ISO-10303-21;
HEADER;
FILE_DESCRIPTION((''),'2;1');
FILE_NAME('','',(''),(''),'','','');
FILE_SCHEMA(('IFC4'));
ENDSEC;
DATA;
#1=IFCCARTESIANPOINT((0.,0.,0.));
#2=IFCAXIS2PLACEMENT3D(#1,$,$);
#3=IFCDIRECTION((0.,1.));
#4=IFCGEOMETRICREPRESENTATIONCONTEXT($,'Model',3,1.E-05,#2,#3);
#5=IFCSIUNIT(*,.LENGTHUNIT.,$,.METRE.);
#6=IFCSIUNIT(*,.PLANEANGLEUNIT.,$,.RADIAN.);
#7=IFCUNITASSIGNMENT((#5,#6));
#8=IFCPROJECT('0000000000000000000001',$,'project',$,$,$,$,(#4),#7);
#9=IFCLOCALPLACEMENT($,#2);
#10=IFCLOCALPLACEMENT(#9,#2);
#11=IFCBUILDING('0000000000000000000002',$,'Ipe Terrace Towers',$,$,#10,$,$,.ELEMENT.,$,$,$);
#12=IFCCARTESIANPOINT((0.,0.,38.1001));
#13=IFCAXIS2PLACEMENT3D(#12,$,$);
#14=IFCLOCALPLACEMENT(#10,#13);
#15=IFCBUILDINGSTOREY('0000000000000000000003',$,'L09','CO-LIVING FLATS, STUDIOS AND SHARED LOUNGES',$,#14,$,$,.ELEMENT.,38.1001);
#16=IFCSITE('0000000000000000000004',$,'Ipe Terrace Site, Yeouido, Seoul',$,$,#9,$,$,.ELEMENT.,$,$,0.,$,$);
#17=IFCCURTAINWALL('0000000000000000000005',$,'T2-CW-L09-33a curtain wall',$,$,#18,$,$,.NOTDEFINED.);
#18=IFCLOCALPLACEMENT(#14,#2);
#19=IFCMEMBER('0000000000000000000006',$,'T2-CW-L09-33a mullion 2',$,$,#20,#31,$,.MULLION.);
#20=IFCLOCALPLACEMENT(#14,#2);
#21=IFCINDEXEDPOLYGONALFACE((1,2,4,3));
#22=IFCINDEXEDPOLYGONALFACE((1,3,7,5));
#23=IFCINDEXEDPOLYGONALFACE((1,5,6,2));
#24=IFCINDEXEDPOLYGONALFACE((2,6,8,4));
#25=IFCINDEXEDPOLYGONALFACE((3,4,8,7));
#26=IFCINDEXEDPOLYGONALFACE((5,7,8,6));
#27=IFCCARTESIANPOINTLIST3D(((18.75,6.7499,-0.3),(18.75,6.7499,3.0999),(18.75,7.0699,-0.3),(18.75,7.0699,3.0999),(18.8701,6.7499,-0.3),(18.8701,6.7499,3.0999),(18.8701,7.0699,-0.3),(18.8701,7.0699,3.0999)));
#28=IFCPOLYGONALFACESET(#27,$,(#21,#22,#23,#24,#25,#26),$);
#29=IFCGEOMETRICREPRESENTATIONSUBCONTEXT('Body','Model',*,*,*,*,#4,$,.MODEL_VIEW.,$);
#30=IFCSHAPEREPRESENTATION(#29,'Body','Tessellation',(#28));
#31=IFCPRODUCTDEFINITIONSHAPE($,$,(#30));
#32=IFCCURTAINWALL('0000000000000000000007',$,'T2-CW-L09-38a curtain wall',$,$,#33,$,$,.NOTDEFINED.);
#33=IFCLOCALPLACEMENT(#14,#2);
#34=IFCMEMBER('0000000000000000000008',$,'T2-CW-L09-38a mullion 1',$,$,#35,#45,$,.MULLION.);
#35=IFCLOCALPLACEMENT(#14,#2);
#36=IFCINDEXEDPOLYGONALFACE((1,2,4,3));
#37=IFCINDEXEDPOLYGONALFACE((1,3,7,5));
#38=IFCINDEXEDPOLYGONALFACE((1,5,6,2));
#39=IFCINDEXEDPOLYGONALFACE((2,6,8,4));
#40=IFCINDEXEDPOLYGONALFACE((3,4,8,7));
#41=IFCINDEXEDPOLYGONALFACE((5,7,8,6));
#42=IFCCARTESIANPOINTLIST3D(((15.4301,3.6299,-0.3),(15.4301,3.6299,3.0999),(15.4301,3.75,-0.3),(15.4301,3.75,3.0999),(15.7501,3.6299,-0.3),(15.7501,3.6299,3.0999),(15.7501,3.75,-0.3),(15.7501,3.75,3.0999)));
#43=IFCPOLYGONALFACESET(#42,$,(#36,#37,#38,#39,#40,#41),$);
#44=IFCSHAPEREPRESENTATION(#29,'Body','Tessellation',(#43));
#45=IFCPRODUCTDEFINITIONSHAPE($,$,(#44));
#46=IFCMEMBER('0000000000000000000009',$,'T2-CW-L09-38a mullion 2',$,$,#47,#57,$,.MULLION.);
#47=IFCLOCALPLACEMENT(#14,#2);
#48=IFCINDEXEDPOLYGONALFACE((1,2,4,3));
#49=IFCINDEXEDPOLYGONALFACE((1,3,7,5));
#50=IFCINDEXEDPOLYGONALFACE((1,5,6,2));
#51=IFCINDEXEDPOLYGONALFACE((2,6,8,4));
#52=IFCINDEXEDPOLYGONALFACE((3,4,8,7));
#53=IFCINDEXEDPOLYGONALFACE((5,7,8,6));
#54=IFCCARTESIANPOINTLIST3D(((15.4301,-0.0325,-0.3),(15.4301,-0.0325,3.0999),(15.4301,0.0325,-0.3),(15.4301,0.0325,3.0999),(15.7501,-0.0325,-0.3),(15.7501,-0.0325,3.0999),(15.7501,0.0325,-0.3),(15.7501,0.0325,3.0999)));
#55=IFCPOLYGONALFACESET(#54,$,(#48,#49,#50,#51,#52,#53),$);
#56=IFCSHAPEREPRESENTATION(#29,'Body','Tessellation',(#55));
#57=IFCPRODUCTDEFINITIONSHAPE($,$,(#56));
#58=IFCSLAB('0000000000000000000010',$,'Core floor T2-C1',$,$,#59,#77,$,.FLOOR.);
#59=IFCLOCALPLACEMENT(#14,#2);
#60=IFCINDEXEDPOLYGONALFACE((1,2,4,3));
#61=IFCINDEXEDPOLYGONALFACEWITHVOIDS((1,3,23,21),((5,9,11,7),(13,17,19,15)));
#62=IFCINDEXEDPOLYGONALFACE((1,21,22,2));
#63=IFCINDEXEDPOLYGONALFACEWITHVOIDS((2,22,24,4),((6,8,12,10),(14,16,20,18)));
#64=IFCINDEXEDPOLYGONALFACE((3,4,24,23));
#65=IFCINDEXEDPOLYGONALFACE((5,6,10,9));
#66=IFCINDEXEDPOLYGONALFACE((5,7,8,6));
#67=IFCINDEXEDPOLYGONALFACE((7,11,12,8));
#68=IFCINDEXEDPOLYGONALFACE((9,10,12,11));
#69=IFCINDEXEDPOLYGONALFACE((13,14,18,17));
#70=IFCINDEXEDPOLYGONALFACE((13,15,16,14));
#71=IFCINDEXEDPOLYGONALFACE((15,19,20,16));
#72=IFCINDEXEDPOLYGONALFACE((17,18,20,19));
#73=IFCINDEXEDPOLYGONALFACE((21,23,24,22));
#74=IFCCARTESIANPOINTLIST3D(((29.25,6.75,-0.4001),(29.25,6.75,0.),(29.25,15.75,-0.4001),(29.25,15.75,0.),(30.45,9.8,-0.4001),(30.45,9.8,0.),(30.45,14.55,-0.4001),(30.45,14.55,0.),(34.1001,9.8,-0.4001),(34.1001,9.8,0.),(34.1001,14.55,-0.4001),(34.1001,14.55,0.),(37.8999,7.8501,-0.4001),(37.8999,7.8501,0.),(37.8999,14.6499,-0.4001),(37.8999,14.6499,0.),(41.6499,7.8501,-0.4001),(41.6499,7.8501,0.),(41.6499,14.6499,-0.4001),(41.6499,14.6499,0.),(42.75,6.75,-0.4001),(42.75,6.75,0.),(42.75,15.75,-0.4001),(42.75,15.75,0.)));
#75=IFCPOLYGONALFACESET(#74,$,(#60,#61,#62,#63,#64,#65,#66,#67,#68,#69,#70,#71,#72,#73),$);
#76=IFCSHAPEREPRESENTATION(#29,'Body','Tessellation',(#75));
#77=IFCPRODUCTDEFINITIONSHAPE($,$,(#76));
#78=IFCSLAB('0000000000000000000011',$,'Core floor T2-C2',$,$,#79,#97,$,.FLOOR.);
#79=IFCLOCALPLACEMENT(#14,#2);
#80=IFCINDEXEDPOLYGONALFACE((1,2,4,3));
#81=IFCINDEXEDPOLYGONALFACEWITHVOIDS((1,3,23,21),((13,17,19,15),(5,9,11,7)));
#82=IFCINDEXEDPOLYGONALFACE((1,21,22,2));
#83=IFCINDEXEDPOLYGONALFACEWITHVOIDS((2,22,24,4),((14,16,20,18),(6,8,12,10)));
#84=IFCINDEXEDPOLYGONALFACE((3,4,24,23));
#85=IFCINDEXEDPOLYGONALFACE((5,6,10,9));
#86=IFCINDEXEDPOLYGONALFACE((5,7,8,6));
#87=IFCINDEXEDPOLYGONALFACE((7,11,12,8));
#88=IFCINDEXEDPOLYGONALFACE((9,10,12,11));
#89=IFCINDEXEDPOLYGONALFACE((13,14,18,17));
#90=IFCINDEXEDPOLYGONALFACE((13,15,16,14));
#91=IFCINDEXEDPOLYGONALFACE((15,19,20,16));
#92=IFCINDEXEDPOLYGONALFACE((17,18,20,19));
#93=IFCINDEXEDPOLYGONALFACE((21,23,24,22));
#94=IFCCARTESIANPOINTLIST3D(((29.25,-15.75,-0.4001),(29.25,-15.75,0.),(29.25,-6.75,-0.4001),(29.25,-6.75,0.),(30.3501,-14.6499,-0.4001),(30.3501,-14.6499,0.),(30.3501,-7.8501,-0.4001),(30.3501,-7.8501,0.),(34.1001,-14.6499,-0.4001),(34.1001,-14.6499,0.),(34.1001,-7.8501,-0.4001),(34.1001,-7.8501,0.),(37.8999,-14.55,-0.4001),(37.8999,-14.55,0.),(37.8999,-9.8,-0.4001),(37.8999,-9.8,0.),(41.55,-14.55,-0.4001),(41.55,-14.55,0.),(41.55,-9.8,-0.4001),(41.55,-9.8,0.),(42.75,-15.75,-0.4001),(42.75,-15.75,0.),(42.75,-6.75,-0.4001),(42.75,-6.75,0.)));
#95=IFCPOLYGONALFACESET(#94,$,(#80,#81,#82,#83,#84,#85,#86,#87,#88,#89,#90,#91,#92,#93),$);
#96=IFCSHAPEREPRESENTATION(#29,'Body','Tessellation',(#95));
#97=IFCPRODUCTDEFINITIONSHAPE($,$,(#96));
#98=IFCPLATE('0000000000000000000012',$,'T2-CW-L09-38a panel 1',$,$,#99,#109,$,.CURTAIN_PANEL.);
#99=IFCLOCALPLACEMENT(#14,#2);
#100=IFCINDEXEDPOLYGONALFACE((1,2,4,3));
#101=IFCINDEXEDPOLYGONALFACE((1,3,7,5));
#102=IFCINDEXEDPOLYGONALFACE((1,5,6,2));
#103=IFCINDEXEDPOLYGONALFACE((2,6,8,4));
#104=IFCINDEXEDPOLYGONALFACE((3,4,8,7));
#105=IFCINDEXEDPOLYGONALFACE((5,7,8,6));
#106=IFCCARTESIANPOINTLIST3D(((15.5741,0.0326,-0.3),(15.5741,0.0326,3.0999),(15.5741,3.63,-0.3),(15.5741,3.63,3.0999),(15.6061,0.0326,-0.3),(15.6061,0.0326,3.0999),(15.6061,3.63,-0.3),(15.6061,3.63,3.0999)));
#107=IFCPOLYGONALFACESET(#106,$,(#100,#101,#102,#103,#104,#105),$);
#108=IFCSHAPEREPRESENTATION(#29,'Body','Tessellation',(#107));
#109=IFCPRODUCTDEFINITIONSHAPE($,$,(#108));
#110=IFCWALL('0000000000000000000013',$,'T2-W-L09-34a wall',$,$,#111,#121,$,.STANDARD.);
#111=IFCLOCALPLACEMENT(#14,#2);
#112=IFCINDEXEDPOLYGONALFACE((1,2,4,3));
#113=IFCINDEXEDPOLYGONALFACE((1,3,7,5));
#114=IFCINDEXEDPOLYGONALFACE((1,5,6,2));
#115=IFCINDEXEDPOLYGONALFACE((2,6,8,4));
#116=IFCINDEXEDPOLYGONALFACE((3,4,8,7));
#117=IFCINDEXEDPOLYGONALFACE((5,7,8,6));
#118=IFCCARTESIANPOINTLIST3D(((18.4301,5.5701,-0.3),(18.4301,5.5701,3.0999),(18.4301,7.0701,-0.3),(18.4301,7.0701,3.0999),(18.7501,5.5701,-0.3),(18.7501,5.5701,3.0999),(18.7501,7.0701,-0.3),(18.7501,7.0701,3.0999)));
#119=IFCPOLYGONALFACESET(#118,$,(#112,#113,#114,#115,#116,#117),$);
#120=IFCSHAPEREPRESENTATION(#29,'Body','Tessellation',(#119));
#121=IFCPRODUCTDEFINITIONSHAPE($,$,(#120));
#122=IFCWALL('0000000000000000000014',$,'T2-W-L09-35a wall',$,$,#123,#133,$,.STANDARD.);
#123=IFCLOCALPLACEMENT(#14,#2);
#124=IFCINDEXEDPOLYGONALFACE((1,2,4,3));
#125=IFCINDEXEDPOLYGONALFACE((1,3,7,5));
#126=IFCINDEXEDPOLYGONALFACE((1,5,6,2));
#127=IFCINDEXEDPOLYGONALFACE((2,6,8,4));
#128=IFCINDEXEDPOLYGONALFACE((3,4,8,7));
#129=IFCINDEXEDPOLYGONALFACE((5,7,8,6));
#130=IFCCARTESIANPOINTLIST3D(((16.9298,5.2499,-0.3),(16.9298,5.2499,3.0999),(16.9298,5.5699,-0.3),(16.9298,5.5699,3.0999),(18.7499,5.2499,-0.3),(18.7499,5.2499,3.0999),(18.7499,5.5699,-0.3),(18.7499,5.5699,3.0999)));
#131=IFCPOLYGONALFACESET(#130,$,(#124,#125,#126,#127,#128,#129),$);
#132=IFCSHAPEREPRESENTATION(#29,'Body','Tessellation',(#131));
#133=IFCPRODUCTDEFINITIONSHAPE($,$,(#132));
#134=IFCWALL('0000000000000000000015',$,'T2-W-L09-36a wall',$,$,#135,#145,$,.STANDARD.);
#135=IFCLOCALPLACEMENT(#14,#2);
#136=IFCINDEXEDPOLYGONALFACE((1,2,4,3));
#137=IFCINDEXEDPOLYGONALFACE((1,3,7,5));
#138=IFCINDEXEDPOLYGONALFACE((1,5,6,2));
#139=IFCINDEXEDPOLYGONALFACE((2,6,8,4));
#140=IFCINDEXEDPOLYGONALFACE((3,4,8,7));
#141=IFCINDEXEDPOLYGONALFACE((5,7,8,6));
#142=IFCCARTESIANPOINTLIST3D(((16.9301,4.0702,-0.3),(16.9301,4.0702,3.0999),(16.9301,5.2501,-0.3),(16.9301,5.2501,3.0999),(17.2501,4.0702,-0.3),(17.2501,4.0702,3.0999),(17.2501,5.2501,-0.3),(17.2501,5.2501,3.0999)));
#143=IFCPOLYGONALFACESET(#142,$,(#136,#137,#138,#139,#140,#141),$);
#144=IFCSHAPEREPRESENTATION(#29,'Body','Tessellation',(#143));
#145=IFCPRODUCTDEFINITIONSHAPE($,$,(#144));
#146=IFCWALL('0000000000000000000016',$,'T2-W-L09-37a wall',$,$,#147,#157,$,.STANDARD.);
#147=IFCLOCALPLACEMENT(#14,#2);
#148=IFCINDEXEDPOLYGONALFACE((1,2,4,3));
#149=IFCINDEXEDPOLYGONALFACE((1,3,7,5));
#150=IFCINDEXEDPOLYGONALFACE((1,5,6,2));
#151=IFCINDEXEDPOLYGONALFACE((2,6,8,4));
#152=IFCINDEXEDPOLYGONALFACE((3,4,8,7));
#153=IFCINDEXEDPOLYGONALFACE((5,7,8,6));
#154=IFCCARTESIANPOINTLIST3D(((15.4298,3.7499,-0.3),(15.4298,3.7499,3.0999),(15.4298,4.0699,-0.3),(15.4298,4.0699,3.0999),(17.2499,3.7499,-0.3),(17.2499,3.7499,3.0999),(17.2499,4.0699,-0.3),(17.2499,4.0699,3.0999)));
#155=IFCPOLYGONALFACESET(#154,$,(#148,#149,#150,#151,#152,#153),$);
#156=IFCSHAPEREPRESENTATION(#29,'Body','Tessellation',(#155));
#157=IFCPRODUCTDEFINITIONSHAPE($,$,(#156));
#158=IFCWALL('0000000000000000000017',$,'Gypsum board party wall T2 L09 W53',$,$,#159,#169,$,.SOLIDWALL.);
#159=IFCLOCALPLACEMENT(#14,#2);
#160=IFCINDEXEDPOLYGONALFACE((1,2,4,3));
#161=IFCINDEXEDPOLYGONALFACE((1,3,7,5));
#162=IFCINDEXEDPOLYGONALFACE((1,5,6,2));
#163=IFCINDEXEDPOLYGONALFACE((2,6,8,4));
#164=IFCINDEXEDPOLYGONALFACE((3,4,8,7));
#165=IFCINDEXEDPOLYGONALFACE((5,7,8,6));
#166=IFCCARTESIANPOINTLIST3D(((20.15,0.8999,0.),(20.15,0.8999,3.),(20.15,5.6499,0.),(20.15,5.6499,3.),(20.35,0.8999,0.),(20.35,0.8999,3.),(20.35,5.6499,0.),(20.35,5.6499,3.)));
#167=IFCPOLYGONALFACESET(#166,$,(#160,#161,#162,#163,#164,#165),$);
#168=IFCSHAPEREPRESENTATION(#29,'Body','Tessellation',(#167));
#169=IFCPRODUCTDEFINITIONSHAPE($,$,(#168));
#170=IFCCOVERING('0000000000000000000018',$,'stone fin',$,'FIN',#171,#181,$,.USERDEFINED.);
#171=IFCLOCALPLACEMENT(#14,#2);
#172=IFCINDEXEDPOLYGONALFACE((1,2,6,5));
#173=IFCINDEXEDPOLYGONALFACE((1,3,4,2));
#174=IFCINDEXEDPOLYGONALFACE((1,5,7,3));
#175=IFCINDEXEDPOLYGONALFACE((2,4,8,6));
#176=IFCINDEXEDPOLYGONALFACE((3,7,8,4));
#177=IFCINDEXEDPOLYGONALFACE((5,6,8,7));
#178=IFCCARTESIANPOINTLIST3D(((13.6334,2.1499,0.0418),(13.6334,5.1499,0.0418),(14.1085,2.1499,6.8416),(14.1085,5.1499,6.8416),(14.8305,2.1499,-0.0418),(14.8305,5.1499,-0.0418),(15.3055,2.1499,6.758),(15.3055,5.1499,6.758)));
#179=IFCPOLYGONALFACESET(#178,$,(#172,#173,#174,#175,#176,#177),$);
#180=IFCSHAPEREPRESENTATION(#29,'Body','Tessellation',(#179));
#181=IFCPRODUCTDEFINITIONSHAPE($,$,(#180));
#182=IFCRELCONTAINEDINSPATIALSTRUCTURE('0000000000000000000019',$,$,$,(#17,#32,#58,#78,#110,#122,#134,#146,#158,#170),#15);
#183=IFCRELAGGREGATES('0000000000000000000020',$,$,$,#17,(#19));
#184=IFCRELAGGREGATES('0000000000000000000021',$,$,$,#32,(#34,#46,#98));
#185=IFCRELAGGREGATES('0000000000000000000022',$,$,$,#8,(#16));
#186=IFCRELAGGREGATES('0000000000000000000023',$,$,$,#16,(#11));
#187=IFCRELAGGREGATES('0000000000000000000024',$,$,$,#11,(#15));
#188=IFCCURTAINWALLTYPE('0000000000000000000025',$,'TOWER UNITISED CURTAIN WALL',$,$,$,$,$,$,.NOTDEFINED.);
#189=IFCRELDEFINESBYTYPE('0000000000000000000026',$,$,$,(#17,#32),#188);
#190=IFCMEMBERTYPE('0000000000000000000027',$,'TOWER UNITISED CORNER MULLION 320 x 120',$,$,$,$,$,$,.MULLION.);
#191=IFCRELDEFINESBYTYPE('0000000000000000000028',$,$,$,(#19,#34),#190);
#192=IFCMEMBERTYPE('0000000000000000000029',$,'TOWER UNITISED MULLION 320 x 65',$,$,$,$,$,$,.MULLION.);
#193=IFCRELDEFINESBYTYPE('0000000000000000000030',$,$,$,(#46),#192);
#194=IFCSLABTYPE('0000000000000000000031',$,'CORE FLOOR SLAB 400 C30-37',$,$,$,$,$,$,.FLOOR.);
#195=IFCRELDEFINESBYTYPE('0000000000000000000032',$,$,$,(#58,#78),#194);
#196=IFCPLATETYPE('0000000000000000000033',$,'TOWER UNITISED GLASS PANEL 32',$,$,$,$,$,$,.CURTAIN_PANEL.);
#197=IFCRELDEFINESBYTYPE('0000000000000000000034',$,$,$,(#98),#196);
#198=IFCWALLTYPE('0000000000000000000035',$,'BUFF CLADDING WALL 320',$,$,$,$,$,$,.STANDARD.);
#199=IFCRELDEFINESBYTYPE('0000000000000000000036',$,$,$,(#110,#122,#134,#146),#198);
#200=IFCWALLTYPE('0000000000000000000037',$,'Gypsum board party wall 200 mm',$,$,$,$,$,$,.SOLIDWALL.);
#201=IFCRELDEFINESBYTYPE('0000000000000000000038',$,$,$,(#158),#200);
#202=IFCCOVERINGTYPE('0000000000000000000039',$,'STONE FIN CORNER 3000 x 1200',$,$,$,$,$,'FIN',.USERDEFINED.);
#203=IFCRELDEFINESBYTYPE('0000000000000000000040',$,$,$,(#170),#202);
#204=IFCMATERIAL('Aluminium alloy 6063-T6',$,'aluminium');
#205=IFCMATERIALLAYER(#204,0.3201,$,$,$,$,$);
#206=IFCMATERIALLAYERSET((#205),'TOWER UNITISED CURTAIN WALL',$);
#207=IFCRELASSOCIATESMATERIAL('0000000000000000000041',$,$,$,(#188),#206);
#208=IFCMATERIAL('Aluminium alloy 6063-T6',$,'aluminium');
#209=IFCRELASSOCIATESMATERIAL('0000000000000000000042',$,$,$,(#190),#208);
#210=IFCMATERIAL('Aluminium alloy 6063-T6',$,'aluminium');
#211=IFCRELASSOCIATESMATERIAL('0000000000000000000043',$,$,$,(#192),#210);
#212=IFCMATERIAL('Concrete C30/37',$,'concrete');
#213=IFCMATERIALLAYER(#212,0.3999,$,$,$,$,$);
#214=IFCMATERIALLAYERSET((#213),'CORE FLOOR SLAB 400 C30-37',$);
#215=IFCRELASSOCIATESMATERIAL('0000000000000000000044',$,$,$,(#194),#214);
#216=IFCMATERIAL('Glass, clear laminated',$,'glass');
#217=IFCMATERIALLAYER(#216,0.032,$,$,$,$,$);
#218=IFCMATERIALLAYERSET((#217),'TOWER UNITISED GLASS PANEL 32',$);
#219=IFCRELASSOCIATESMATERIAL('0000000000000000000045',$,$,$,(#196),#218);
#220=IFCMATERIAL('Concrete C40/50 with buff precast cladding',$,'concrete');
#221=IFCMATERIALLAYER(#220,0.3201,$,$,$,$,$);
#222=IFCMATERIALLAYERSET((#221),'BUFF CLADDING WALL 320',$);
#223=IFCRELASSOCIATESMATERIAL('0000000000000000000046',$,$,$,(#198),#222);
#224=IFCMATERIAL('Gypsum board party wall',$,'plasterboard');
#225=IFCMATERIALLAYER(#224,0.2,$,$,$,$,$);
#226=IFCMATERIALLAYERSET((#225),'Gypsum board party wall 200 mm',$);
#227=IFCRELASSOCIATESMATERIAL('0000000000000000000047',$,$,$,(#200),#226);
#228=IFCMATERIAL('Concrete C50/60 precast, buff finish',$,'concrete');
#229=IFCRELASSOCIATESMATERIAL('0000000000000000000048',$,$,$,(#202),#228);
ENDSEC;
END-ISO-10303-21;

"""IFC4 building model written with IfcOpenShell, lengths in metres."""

from ifc_helpers import new_model, si_unit, direction, frame, frame_2d, origin, origin_2d, place, context, subcontext, project, spatial, polyline, rectangle, outline, extrude, material, layer, layer_set, material_profile, profile_set, type_object, element, aggregate, save


model = new_model("IFC4")

# Units and contexts
model_context = context("Model", 3, precision=1e-05, world=origin(), true_north=direction((0.0, 1.0)))
body_context = subcontext(model_context, "Body", "Model", "MODEL_VIEW")
ifc_project = project(units=[si_unit("LENGTHUNIT", "METRE"), si_unit("PLANEANGLEUNIT", "RADIAN")], contexts=[model_context])

# Site, building, storey
site_placement = place(None, origin())
site = spatial("IfcSite", under=ifc_project, at=site_placement, Name="Ipe Terrace Site, Yeouido, Seoul", CompositionType="ELEMENT", RefElevation=0.0)
building_placement = place(site_placement, origin())
building = spatial("IfcBuilding", under=site, at=building_placement, Name="Ipe Terrace Towers", CompositionType="ELEMENT")
storey_placement = place(building_placement, frame((0.0, 0.0, 38.1001)))
storey = spatial("IfcBuildingStorey", under=building, at=storey_placement, Name="L09", Description="CO-LIVING FLATS, STUDIOS AND SHARED LOUNGES", CompositionType="ELEMENT", Elevation=38.1001)

# Curtain wall, member
ifc_material_1 = material(Name="Aluminium alloy 6063-T6", Category="aluminium")
ifc_layer_1 = layer(ifc_material_1, 0.3201)
ifc_layer_set_1 = layer_set([ifc_layer_1], Name="TOWER UNITISED CURTAIN WALL")
curtain_wall_type = type_object("IfcCurtainWallType", Name="TOWER UNITISED CURTAIN WALL", PredefinedType="NOTDEFINED", material=ifc_layer_set_1)
curtain_wall_1_placement = place(storey_placement, origin())
curtain_wall_1 = element("IfcCurtainWall", 1, at=curtain_wall_1_placement, inside=storey, type_object=curtain_wall_type, Name="T2-CW-L09-33a curtain wall", PredefinedType="NOTDEFINED")
ifc_material_2 = material(Name="Aluminium alloy 6063-T6", Category="aluminium")
ifc_material_profile_1 = material_profile(ifc_material_2, rectangle(XDim=0.3201, YDim=0.1201, at=origin_2d()), Name="TOWER UNITISED CORNER MULLION 320 x 120")
ifc_profile_set_1 = profile_set([ifc_material_profile_1], Name="Aluminium alloy 6063-T6")
member_type_1 = type_object("IfcMemberType", Name="TOWER UNITISED CORNER MULLION 320 x 120", PredefinedType="MULLION", material=ifc_profile_set_1)
member_1_placement = place(storey_placement, frame((18.8101, 6.9099, -0.3), z_axis=(0.0, 0.0, 1.0), x_axis=(0.0, 1.0, 0.0)))
member_1 = element("IfcMember", 2, at=member_1_placement, type_object=member_type_1, Name="T2-CW-L09-33a mullion 2", PredefinedType="MULLION", context=body_context, shape_type="SweptSolid", body=[
    extrude(rectangle(XDim=0.3201, YDim=0.1201, at=origin_2d()), origin(), (0.0, 0.0, 1.0), 3.3999),
])
aggregate(curtain_wall_1, [member_1])

# Curtain wall, members
curtain_wall_2_placement = place(storey_placement, origin())
curtain_wall_2 = element("IfcCurtainWall", 3, at=curtain_wall_2_placement, inside=storey, type_object=curtain_wall_type, Name="T2-CW-L09-38a curtain wall", PredefinedType="NOTDEFINED")
member_2_placement = place(storey_placement, frame((15.5901, 3.6899, -0.3), z_axis=(0.0, 0.0, 1.0), x_axis=(-1.0, 0.0, 0.0)))
member_2 = element("IfcMember", 4, at=member_2_placement, type_object=member_type_1, Name="T2-CW-L09-38a mullion 1", PredefinedType="MULLION", context=body_context, shape_type="SweptSolid", body=[
    extrude(rectangle(XDim=0.3201, YDim=0.1201, at=origin_2d()), origin(), (0.0, 0.0, 1.0), 3.3999),
])
ifc_material_3 = material(Name="Aluminium alloy 6063-T6", Category="aluminium")
ifc_material_profile_2 = material_profile(ifc_material_3, rectangle(XDim=0.3201, YDim=0.0649, at=origin_2d()), Name="TOWER UNITISED MULLION 320 x 65")
ifc_profile_set_2 = profile_set([ifc_material_profile_2], Name="Aluminium alloy 6063-T6")
member_type_2 = type_object("IfcMemberType", Name="TOWER UNITISED MULLION 320 x 65", PredefinedType="MULLION", material=ifc_profile_set_2)
member_3_placement = place(storey_placement, frame((15.5901, 0.0, -0.3), z_axis=(0.0, 0.0, 1.0), x_axis=(-1.0, 0.0, 0.0)))
member_3 = element("IfcMember", 5, at=member_3_placement, type_object=member_type_2, Name="T2-CW-L09-38a mullion 2", PredefinedType="MULLION", context=body_context, shape_type="SweptSolid", body=[
    extrude(rectangle(XDim=0.3201, YDim=0.0649, at=origin_2d()), origin(), (0.0, 0.0, 1.0), 3.3999),
])

# Slabs
ifc_material_4 = material(Name="Concrete C30/37", Category="concrete")
ifc_layer_2 = layer(ifc_material_4, 0.3999)
ifc_layer_set_2 = layer_set([ifc_layer_2], Name="CORE FLOOR SLAB 400 C30-37")
slab_type = type_object("IfcSlabType", Name="CORE FLOOR SLAB 400 C30-37", PredefinedType="FLOOR", material=ifc_layer_set_2)
slab_1_placement = place(storey_placement, frame((0.0, 0.0, -0.4001)))
element("IfcSlab", 6, at=slab_1_placement, inside=storey, type_object=slab_type, Name="Core floor T2-C1", PredefinedType="FLOOR", context=body_context, shape_type="SweptSolid", body=[
    extrude(outline(polyline([(29.25, 6.75), (29.25, 15.75), (42.75, 15.75), (42.75, 6.75), (29.25, 6.75)]), holes=[polyline([(41.6499, 7.8501), (41.6499, 14.6499), (37.8999, 14.6499), (37.8999, 7.8501), (41.6499, 7.8501)]), polyline([(30.45, 9.8), (34.1001, 9.8), (34.1001, 14.55), (30.45, 14.55), (30.45, 9.8)])]), origin(), (0.0, 0.0, 1.0), 0.4001),
])
slab_2_placement = place(storey_placement, frame((0.0, 0.0, -0.4001)))
element("IfcSlab", 7, at=slab_2_placement, inside=storey, type_object=slab_type, Name="Core floor T2-C2", PredefinedType="FLOOR", context=body_context, shape_type="SweptSolid", body=[
    extrude(outline(polyline([(29.25, -15.75), (29.25, -6.75), (42.75, -6.75), (42.75, -15.75), (29.25, -15.75)]), holes=[polyline([(34.1001, -14.6499), (34.1001, -7.8501), (30.3501, -7.8501), (30.3501, -14.6499), (34.1001, -14.6499)]), polyline([(41.55, -9.8), (37.8999, -9.8), (37.8999, -14.55), (41.55, -14.55), (41.55, -9.8)])]), origin(), (0.0, 0.0, 1.0), 0.4001),
])

# Plate
ifc_material_5 = material(Name="Glass, clear laminated", Category="glass")
ifc_layer_3 = layer(ifc_material_5, 0.032)
ifc_layer_set_3 = layer_set([ifc_layer_3], Name="TOWER UNITISED GLASS PANEL 32")
plate_type = type_object("IfcPlateType", Name="TOWER UNITISED GLASS PANEL 32", PredefinedType="CURTAIN_PANEL", material=ifc_layer_set_3)
plate_placement = place(storey_placement, frame((15.5901, 1.8313, -0.3), z_axis=(0.0, 0.0, 1.0), x_axis=(0.0, -1.0, 0.0)))
plate = element("IfcPlate", 8, at=plate_placement, type_object=plate_type, Name="T2-CW-L09-38a panel 1", PredefinedType="CURTAIN_PANEL", context=body_context, shape_type="SweptSolid", body=[
    extrude(rectangle(XDim=3.5974, YDim=0.032, at=origin_2d()), origin(), (0.0, 0.0, 1.0), 3.3999),
])
aggregate(curtain_wall_2, [member_2, member_3, plate])

# Walls
ifc_material_6 = material(Name="Concrete C40/50 with buff precast cladding", Category="concrete")
ifc_layer_4 = layer(ifc_material_6, 0.3201)
ifc_layer_set_4 = layer_set([ifc_layer_4], Name="BUFF CLADDING WALL 320")
wall_type_1 = type_object("IfcWallType", Name="BUFF CLADDING WALL 320", PredefinedType="STANDARD", material=ifc_layer_set_4)
wall_1_placement = place(storey_placement, frame((18.5901, 7.0701, -0.3), z_axis=(0.0, 0.0, 1.0), x_axis=(0.0, -1.0, 0.0)))
element("IfcWall", 9, at=wall_1_placement, inside=storey, type_object=wall_type_1, Name="T2-W-L09-34a wall", PredefinedType="STANDARD", context=body_context, shape_type="SweptSolid", body=[
    extrude(rectangle(XDim=1.5, YDim=0.3201, at=frame_2d((0.75, 0.0))), origin(), (0.0, 0.0, 1.0), 3.3999),
])
wall_2_placement = place(storey_placement, frame((18.75, 5.4099, -0.3), z_axis=(0.0, 0.0, 1.0), x_axis=(-1.0, 0.0, 0.0)))
element("IfcWall", 10, at=wall_2_placement, inside=storey, type_object=wall_type_1, Name="T2-W-L09-35a wall", PredefinedType="STANDARD", context=body_context, shape_type="SweptSolid", body=[
    extrude(rectangle(XDim=1.8201, YDim=0.3201, at=frame_2d((0.9102, 0.0))), origin(), (0.0, 0.0, 1.0), 3.3999),
])
wall_3_placement = place(storey_placement, frame((17.0901, 5.25, -0.3), z_axis=(0.0, 0.0, 1.0), x_axis=(0.0, -1.0, 0.0)))
element("IfcWall", 11, at=wall_3_placement, inside=storey, type_object=wall_type_1, Name="T2-W-L09-36a wall", PredefinedType="STANDARD", context=body_context, shape_type="SweptSolid", body=[
    extrude(rectangle(XDim=1.1799, YDim=0.3201, at=frame_2d((0.5898, 0.0))), origin(), (0.0, 0.0, 1.0), 3.3999),
])
wall_4_placement = place(storey_placement, frame((17.25, 3.9099, -0.3), z_axis=(0.0, 0.0, 1.0), x_axis=(-1.0, 0.0, 0.0)))
element("IfcWall", 12, at=wall_4_placement, inside=storey, type_object=wall_type_1, Name="T2-W-L09-37a wall", PredefinedType="STANDARD", context=body_context, shape_type="SweptSolid", body=[
    extrude(rectangle(XDim=1.8201, YDim=0.3201, at=frame_2d((0.9102, 0.0))), origin(), (0.0, 0.0, 1.0), 3.3999),
])
ifc_material_7 = material(Name="Gypsum board party wall", Category="plasterboard")
ifc_layer_5 = layer(ifc_material_7, 0.2)
ifc_layer_set_5 = layer_set([ifc_layer_5], Name="Gypsum board party wall 200 mm")
wall_type_2 = type_object("IfcWallType", Name="Gypsum board party wall 200 mm", PredefinedType="SOLIDWALL", material=ifc_layer_set_5)
wall_5_placement = place(storey_placement, frame((20.25, 0.8999, 0.0), z_axis=(0.0, 0.0, 1.0), x_axis=(0.0, 1.0, 0.0)))
element("IfcWall", 13, at=wall_5_placement, inside=storey, type_object=wall_type_2, Name="Gypsum board party wall T2 L09 W53", PredefinedType="SOLIDWALL", context=body_context, shape_type="SweptSolid", body=[
    extrude(rectangle(XDim=4.75, YDim=0.2, at=frame_2d((2.375, 0.0))), origin(), (0.0, 0.0, 1.0), 3.0),
])

# Covering
ifc_material_8 = material(Name="Concrete C50/60 precast, buff finish", Category="concrete")
ifc_material_profile_3 = material_profile(ifc_material_8, rectangle(XDim=3.0, YDim=1.2, at=origin_2d()), Name="STONE FIN CORNER 3000 x 1200")
ifc_profile_set_3 = profile_set([ifc_material_profile_3], Name="Concrete C50/60 precast, buff finish")
covering_type_1 = type_object("IfcCoveringType", Name="STONE FIN CORNER 3000 x 1200", ElementType="FIN", PredefinedType="USERDEFINED", material=ifc_profile_set_3)
for number, where, z_axis, x_axis, name in (
    (14, (14.2319, 3.6499, 0.0), (0.069699, 0.0, 0.997568), (0.0, -1.0, 0.0), "stone fin"),
):
    element("IfcCovering", number, at=place(storey_placement, frame(where, z_axis=z_axis, x_axis=x_axis)), inside=storey, type_object=covering_type_1, Name=name, ObjectType="FIN", PredefinedType="USERDEFINED", context=body_context, shape_type="SweptSolid", body=[
        extrude(rectangle(XDim=3.0, YDim=1.2, at=origin_2d()), origin(), (0.0, 0.0, 1.0), 6.8164),
    ])

save(model, "model.ifc")
